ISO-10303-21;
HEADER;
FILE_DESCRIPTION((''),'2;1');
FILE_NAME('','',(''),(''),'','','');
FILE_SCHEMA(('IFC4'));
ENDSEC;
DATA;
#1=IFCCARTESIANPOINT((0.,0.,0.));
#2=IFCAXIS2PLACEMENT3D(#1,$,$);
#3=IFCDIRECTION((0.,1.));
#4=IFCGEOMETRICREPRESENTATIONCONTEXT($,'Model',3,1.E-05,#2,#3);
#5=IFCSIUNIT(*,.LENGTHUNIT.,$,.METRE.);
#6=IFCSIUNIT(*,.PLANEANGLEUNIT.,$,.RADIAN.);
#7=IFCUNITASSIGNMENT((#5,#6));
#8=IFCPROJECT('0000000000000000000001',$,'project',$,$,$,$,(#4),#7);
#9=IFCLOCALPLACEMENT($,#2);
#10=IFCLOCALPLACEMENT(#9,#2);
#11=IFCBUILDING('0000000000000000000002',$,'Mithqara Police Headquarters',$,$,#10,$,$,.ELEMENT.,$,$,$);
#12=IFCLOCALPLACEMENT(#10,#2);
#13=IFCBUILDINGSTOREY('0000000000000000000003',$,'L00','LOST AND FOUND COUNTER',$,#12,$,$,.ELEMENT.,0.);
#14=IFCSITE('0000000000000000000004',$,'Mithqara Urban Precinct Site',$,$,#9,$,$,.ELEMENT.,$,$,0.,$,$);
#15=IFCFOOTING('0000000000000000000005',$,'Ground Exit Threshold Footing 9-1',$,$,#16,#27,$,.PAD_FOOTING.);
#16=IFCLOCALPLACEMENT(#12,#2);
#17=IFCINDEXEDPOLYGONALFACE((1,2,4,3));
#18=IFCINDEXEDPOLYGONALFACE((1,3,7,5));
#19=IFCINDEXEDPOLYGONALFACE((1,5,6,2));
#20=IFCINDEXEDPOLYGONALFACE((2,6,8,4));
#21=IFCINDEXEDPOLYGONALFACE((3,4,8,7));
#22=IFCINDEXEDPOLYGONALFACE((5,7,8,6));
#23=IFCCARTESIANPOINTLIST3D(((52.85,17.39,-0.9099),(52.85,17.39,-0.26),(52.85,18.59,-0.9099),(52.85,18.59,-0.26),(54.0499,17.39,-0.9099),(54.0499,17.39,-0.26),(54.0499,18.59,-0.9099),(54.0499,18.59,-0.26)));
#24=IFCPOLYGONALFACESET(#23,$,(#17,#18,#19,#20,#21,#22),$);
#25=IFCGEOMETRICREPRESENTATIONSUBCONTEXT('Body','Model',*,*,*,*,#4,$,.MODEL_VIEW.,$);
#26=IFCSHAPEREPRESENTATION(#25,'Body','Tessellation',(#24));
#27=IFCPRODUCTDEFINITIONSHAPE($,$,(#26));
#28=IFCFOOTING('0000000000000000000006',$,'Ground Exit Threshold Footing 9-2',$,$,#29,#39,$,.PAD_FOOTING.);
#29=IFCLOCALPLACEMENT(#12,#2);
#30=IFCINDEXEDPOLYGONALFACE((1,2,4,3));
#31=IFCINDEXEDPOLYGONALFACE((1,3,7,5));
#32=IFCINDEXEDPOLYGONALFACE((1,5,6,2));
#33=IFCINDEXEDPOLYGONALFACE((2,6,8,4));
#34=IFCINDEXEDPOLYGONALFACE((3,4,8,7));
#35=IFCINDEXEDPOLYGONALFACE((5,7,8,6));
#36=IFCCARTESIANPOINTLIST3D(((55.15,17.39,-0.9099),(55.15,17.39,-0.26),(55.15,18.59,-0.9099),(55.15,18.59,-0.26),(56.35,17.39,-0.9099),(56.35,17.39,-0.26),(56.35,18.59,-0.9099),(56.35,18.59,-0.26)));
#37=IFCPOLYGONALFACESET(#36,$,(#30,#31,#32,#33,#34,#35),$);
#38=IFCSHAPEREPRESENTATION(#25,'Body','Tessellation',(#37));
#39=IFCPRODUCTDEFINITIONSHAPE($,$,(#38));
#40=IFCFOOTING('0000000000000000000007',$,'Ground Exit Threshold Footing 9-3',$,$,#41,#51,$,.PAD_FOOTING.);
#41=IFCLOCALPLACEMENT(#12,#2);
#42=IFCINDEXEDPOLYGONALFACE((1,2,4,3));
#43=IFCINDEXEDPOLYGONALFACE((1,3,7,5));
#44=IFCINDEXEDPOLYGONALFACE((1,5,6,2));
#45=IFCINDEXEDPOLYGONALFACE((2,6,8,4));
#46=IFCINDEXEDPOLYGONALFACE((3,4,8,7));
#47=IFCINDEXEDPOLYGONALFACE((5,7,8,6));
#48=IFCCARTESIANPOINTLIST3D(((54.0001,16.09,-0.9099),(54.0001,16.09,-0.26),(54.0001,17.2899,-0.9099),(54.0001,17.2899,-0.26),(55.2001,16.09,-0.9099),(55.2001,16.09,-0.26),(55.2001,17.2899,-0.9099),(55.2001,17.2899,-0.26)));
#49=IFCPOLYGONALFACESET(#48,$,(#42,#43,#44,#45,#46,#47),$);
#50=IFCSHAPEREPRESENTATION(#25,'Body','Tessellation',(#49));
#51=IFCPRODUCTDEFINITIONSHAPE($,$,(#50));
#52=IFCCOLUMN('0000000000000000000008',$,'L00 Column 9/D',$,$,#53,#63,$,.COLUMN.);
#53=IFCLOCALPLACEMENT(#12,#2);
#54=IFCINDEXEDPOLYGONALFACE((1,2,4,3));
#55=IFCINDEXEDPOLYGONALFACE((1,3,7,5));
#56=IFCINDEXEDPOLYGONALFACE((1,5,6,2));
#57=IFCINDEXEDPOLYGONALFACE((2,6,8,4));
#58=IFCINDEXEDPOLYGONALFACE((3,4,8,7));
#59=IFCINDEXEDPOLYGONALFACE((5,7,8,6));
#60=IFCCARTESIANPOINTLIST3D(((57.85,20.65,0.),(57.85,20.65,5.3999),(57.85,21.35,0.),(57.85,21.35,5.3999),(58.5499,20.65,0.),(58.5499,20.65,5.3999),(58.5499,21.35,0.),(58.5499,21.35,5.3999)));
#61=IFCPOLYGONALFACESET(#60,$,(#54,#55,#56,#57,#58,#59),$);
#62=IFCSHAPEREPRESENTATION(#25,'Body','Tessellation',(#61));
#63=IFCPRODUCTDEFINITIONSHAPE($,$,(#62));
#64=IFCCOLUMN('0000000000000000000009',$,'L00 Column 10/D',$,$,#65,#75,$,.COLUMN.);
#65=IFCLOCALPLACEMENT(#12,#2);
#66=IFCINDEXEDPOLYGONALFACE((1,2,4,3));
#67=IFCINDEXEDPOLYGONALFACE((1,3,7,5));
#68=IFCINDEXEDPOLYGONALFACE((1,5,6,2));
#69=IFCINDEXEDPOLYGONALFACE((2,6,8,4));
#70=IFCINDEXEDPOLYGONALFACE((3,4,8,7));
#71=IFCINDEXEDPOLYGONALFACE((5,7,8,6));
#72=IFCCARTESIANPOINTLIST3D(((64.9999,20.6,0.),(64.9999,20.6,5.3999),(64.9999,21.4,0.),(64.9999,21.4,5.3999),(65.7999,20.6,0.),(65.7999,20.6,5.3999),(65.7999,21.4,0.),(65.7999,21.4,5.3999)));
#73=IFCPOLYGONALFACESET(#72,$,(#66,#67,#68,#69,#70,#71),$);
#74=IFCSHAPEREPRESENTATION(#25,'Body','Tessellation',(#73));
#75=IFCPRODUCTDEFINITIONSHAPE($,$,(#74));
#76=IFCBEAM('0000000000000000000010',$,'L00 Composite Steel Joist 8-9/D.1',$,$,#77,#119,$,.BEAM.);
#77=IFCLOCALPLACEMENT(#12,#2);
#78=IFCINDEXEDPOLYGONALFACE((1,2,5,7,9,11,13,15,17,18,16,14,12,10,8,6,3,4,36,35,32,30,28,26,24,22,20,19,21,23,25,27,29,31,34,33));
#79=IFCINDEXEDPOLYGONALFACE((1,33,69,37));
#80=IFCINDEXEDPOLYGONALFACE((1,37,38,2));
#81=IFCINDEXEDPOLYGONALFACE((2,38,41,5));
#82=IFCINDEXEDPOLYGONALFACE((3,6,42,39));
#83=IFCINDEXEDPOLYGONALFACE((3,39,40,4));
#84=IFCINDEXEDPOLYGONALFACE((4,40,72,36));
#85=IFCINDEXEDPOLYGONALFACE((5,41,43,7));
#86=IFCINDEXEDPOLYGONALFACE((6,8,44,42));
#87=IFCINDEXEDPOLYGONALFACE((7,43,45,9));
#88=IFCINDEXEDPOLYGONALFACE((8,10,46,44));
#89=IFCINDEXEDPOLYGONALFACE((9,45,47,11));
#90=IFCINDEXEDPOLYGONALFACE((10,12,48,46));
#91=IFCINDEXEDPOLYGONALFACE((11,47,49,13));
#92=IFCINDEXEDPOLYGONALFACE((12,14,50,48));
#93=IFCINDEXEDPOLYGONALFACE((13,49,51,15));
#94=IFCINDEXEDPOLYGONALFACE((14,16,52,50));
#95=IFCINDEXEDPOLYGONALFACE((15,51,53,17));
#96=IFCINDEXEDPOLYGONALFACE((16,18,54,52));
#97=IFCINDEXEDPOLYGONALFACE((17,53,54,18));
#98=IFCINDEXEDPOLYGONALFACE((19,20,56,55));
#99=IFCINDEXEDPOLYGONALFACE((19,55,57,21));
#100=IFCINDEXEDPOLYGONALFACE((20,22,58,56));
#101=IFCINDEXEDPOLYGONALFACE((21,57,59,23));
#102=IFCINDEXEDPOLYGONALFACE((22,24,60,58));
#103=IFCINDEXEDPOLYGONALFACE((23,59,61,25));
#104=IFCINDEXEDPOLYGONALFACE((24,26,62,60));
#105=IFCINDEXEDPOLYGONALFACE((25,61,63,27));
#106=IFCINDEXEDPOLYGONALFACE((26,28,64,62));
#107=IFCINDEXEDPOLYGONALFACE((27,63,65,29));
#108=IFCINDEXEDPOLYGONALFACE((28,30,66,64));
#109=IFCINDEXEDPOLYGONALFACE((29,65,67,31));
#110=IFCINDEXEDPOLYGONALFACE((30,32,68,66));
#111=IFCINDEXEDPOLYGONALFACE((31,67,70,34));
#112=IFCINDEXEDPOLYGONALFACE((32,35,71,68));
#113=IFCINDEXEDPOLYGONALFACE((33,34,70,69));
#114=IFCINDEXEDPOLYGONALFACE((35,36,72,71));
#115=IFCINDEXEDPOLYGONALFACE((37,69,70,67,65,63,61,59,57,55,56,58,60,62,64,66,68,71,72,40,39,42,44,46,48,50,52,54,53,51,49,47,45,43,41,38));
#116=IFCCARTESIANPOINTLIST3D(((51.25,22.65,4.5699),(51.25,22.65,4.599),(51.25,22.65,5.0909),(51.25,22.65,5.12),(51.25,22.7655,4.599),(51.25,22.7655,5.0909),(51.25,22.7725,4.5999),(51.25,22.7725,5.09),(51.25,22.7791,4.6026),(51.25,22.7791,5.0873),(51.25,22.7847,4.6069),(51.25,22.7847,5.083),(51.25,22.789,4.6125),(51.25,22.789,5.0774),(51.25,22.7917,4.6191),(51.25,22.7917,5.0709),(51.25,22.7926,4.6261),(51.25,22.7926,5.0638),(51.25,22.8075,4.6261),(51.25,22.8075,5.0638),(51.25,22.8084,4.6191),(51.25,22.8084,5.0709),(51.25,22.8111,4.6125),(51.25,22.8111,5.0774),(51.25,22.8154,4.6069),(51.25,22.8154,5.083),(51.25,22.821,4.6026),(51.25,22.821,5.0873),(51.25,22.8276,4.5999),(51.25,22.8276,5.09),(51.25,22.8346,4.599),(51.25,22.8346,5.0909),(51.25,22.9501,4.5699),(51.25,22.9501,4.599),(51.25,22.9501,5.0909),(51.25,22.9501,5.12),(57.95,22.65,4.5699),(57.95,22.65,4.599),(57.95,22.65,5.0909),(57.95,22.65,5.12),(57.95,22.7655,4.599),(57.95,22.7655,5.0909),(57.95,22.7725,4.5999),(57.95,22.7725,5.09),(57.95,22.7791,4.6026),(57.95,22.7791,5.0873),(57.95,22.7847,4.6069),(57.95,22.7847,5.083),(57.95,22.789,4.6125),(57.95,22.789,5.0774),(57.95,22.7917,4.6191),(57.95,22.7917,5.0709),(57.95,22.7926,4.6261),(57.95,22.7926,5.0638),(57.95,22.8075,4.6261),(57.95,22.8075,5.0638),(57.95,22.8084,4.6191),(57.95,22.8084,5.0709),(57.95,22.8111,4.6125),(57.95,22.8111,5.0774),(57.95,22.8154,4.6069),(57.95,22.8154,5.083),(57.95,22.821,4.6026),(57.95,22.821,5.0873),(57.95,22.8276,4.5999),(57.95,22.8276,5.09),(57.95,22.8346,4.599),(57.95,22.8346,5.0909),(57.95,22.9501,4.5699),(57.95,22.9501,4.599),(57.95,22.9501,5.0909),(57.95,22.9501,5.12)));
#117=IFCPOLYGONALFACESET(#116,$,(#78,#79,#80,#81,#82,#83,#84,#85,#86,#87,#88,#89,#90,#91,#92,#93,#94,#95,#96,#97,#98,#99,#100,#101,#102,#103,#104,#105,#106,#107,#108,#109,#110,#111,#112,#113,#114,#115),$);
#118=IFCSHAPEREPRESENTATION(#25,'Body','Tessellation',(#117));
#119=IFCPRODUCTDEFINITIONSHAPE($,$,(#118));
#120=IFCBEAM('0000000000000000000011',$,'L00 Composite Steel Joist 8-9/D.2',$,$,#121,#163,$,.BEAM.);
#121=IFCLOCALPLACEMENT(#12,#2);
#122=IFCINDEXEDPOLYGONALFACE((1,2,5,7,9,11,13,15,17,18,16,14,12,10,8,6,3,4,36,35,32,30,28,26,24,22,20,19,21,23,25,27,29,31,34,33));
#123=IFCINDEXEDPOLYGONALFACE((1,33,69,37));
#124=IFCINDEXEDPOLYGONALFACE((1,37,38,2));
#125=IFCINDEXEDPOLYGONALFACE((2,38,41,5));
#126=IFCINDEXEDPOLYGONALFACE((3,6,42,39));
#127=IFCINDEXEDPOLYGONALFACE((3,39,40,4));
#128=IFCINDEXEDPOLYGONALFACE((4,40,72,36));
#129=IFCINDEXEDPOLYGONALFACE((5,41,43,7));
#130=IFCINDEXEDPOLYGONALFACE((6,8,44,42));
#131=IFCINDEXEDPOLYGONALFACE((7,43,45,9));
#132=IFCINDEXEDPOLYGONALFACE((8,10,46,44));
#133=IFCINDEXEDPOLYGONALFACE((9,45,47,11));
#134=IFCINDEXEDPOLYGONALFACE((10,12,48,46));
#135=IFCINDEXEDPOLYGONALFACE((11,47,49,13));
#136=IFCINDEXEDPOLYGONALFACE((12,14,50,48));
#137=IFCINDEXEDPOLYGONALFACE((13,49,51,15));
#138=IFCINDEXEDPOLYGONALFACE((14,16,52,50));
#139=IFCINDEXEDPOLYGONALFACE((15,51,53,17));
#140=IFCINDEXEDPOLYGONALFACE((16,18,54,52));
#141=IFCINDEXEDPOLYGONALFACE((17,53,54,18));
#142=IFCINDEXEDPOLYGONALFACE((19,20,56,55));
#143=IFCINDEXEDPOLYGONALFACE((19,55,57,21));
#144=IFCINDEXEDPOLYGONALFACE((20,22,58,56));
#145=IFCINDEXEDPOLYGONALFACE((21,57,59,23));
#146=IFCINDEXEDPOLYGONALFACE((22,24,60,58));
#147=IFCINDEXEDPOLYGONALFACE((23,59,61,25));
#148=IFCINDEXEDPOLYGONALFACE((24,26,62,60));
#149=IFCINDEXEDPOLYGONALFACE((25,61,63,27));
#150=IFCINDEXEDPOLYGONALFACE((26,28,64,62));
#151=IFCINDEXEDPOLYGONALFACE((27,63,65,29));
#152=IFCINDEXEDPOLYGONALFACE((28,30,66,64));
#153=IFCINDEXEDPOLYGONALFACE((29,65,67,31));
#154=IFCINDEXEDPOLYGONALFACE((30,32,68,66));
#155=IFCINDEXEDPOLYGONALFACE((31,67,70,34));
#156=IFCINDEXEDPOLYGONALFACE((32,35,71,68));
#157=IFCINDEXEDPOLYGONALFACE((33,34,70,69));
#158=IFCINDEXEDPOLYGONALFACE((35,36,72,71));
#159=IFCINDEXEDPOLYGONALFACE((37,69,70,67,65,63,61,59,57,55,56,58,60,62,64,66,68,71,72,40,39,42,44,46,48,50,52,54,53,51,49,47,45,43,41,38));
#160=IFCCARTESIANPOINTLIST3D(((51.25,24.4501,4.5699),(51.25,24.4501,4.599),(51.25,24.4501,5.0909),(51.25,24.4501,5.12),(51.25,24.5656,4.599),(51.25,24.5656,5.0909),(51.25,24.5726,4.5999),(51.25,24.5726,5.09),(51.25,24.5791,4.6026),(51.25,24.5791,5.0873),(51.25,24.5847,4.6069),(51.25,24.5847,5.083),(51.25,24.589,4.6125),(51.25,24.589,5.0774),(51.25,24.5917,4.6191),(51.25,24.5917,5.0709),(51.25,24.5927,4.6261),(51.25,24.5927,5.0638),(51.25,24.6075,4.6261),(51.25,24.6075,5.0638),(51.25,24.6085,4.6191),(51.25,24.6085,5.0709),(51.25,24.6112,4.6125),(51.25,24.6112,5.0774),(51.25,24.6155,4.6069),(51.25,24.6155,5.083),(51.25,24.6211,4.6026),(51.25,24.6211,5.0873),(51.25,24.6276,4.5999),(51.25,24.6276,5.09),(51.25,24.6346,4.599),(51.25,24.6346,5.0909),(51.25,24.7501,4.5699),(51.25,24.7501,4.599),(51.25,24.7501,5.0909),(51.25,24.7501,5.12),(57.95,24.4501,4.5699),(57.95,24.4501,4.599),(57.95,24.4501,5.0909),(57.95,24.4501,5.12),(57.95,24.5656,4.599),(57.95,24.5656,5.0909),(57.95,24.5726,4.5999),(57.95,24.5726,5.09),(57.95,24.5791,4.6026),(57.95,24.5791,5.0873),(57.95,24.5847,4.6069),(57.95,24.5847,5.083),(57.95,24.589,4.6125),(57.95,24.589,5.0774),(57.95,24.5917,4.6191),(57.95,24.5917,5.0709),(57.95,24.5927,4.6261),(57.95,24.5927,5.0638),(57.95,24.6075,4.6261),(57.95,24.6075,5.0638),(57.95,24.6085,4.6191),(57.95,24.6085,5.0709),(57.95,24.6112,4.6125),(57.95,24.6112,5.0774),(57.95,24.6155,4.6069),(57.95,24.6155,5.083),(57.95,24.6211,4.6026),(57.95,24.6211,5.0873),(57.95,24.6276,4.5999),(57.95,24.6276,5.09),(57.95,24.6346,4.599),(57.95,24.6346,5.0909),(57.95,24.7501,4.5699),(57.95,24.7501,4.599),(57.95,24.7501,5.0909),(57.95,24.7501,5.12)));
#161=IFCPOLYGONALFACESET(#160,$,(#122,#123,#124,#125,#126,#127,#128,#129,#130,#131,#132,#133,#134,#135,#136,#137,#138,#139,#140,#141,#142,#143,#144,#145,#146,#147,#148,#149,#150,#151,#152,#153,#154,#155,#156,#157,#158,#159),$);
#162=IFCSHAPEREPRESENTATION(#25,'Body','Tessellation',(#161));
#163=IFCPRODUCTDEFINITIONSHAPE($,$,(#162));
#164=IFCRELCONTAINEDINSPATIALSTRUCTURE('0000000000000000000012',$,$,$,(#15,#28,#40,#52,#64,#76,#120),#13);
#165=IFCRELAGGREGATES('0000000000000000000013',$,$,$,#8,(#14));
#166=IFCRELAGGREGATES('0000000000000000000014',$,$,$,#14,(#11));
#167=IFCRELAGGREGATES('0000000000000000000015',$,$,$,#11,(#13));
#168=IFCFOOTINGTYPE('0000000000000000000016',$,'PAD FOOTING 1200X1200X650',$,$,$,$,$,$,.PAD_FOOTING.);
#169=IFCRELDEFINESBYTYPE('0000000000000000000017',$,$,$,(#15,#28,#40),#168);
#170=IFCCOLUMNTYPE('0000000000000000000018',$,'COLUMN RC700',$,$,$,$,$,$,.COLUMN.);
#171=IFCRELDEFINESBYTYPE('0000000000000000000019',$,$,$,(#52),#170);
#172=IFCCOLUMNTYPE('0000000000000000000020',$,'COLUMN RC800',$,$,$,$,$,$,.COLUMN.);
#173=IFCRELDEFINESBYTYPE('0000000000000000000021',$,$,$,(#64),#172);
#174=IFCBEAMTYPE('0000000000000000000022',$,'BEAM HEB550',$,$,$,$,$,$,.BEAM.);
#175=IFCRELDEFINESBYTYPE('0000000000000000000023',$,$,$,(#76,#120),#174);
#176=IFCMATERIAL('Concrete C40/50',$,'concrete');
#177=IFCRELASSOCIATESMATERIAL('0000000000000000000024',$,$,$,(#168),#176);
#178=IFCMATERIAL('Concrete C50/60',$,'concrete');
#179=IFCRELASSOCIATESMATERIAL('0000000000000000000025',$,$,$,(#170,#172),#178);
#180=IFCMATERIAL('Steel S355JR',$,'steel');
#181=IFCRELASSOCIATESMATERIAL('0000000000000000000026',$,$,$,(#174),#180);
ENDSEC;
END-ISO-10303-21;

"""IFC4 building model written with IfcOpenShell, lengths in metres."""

from ifc_helpers import new_model, si_unit, direction, frame, origin, origin_2d, place, context, subcontext, project, spatial, rectangle, i_section, extrude, material, material_profile, profile_set, type_object, element, save


model = new_model("IFC4")

# Units and contexts
model_context = context("Model", 3, precision=1e-05, world=origin(), true_north=direction((0.0, 1.0)))
body_context = subcontext(model_context, "Body", "Model", "MODEL_VIEW")
ifc_project = project(units=[si_unit("LENGTHUNIT", "METRE"), si_unit("PLANEANGLEUNIT", "RADIAN")], contexts=[model_context])

# Site, building, storey
site_placement = place(None, origin())
site = spatial("IfcSite", under=ifc_project, at=site_placement, Name="Mithqara Urban Precinct Site", CompositionType="ELEMENT", RefElevation=0.0)
building_placement = place(site_placement, origin())
building = spatial("IfcBuilding", under=site, at=building_placement, Name="Mithqara Police Headquarters", CompositionType="ELEMENT")
storey_placement = place(building_placement, origin())
storey = spatial("IfcBuildingStorey", under=building, at=storey_placement, Name="L00", Description="LOST AND FOUND COUNTER", CompositionType="ELEMENT", Elevation=0.0)

# Footings
ifc_material_1 = material(Name="Concrete C40/50", Category="concrete")
footing_type = type_object("IfcFootingType", Name="PAD FOOTING 1200X1200X650", PredefinedType="PAD_FOOTING", material=ifc_material_1)
for number, where, z_axis, x_axis, name in (
    (1, (53.45, 17.99, -0.9099), (0.0, 0.0, 1.0), (1.0, 0.0, 0.0), "Ground Exit Threshold Footing 9-1"),
    (2, (55.75, 17.99, -0.9099), (0.0, 0.0, 1.0), (1.0, 0.0, 0.0), "Ground Exit Threshold Footing 9-2"),
    (3, (54.6001, 16.6899, -0.9099), (0.0, 0.0, 1.0), (1.0, 0.0, 0.0), "Ground Exit Threshold Footing 9-3"),
):
    element("IfcFooting", number, at=place(storey_placement, frame(where, z_axis=z_axis, x_axis=x_axis)), inside=storey, type_object=footing_type, Name=name, PredefinedType="PAD_FOOTING", context=body_context, shape_type="SweptSolid", body=[
        extrude(rectangle(XDim=1.2, YDim=1.2, at=origin_2d()), origin(), (0.0, 0.0, 1.0), 0.6499),
    ])

# Columns
ifc_material_2 = material(Name="Concrete C50/60", Category="concrete")
ifc_material_profile_1 = material_profile(ifc_material_2, rectangle(XDim=0.7, YDim=0.7, at=origin_2d()), Name="RC 700x700")
ifc_profile_set_1 = profile_set([ifc_material_profile_1], Name="Concrete C50/60")
column_type_1 = type_object("IfcColumnType", Name="COLUMN RC700", PredefinedType="COLUMN", material=ifc_profile_set_1)
column_1_placement = place(storey_placement, frame((58.2, 21.0, 0.0), z_axis=(0.0, 0.0, 1.0), x_axis=(1.0, 0.0, 0.0)))
element("IfcColumn", 4, at=column_1_placement, inside=storey, type_object=column_type_1, Name="L00 Column 9/D", PredefinedType="COLUMN", context=body_context, shape_type="SweptSolid", body=[
    extrude(rectangle(XDim=0.7, YDim=0.7, at=origin_2d()), origin(), (0.0, 0.0, 1.0), 5.3999),
])
ifc_material_profile_2 = material_profile(ifc_material_2, rectangle(XDim=0.8, YDim=0.8, at=origin_2d()), Name="RC 800x800")
ifc_profile_set_2 = profile_set([ifc_material_profile_2], Name="Concrete C50/60")
column_type_2 = type_object("IfcColumnType", Name="COLUMN RC800", PredefinedType="COLUMN", material=ifc_profile_set_2)
column_2_placement = place(storey_placement, frame((65.3999, 21.0, 0.0), z_axis=(0.0, 0.0, 1.0), x_axis=(1.0, 0.0, 0.0)))
element("IfcColumn", 5, at=column_2_placement, inside=storey, type_object=column_type_2, Name="L00 Column 10/D", PredefinedType="COLUMN", context=body_context, shape_type="SweptSolid", body=[
    extrude(rectangle(XDim=0.8, YDim=0.8, at=origin_2d()), origin(), (0.0, 0.0, 1.0), 5.3999),
])

# Beams
ifc_material_3 = material(Name="Steel S355JR", Category="steel")
ifc_material_profile_3 = material_profile(ifc_material_3, i_section(OverallWidth=0.3, OverallDepth=0.55, WebThickness=0.0149, FlangeThickness=0.0291, FilletRadius=0.0271, at=origin_2d()), Name="HEB 550")
ifc_profile_set_3 = profile_set([ifc_material_profile_3], Name="Steel S355JR")
beam_type_1 = type_object("IfcBeamType", Name="BEAM HEB550", PredefinedType="BEAM", material=ifc_profile_set_3)
for number, where, z_axis, x_axis, name in (
    (6, (51.25, 22.8, 4.845), (1.0, 0.0, 0.0), (0.0, 1.0, 0.0), "L00 Composite Steel Joist 8-9/D.1"),
    (7, (51.25, 24.6001, 4.845), (1.0, 0.0, 0.0), (0.0, 1.0, 0.0), "L00 Composite Steel Joist 8-9/D.2"),
):
    element("IfcBeam", number, at=place(storey_placement, frame(where, z_axis=z_axis, x_axis=x_axis)), inside=storey, type_object=beam_type_1, Name=name, PredefinedType="BEAM", context=body_context, shape_type="SweptSolid", body=[
        extrude(i_section(OverallWidth=0.3, OverallDepth=0.55, WebThickness=0.0149, FlangeThickness=0.0291, FilletRadius=0.0271, at=origin_2d()), origin(), (0.0, 0.0, 1.0), 6.7),
    ])

save(model, "model.ifc")
